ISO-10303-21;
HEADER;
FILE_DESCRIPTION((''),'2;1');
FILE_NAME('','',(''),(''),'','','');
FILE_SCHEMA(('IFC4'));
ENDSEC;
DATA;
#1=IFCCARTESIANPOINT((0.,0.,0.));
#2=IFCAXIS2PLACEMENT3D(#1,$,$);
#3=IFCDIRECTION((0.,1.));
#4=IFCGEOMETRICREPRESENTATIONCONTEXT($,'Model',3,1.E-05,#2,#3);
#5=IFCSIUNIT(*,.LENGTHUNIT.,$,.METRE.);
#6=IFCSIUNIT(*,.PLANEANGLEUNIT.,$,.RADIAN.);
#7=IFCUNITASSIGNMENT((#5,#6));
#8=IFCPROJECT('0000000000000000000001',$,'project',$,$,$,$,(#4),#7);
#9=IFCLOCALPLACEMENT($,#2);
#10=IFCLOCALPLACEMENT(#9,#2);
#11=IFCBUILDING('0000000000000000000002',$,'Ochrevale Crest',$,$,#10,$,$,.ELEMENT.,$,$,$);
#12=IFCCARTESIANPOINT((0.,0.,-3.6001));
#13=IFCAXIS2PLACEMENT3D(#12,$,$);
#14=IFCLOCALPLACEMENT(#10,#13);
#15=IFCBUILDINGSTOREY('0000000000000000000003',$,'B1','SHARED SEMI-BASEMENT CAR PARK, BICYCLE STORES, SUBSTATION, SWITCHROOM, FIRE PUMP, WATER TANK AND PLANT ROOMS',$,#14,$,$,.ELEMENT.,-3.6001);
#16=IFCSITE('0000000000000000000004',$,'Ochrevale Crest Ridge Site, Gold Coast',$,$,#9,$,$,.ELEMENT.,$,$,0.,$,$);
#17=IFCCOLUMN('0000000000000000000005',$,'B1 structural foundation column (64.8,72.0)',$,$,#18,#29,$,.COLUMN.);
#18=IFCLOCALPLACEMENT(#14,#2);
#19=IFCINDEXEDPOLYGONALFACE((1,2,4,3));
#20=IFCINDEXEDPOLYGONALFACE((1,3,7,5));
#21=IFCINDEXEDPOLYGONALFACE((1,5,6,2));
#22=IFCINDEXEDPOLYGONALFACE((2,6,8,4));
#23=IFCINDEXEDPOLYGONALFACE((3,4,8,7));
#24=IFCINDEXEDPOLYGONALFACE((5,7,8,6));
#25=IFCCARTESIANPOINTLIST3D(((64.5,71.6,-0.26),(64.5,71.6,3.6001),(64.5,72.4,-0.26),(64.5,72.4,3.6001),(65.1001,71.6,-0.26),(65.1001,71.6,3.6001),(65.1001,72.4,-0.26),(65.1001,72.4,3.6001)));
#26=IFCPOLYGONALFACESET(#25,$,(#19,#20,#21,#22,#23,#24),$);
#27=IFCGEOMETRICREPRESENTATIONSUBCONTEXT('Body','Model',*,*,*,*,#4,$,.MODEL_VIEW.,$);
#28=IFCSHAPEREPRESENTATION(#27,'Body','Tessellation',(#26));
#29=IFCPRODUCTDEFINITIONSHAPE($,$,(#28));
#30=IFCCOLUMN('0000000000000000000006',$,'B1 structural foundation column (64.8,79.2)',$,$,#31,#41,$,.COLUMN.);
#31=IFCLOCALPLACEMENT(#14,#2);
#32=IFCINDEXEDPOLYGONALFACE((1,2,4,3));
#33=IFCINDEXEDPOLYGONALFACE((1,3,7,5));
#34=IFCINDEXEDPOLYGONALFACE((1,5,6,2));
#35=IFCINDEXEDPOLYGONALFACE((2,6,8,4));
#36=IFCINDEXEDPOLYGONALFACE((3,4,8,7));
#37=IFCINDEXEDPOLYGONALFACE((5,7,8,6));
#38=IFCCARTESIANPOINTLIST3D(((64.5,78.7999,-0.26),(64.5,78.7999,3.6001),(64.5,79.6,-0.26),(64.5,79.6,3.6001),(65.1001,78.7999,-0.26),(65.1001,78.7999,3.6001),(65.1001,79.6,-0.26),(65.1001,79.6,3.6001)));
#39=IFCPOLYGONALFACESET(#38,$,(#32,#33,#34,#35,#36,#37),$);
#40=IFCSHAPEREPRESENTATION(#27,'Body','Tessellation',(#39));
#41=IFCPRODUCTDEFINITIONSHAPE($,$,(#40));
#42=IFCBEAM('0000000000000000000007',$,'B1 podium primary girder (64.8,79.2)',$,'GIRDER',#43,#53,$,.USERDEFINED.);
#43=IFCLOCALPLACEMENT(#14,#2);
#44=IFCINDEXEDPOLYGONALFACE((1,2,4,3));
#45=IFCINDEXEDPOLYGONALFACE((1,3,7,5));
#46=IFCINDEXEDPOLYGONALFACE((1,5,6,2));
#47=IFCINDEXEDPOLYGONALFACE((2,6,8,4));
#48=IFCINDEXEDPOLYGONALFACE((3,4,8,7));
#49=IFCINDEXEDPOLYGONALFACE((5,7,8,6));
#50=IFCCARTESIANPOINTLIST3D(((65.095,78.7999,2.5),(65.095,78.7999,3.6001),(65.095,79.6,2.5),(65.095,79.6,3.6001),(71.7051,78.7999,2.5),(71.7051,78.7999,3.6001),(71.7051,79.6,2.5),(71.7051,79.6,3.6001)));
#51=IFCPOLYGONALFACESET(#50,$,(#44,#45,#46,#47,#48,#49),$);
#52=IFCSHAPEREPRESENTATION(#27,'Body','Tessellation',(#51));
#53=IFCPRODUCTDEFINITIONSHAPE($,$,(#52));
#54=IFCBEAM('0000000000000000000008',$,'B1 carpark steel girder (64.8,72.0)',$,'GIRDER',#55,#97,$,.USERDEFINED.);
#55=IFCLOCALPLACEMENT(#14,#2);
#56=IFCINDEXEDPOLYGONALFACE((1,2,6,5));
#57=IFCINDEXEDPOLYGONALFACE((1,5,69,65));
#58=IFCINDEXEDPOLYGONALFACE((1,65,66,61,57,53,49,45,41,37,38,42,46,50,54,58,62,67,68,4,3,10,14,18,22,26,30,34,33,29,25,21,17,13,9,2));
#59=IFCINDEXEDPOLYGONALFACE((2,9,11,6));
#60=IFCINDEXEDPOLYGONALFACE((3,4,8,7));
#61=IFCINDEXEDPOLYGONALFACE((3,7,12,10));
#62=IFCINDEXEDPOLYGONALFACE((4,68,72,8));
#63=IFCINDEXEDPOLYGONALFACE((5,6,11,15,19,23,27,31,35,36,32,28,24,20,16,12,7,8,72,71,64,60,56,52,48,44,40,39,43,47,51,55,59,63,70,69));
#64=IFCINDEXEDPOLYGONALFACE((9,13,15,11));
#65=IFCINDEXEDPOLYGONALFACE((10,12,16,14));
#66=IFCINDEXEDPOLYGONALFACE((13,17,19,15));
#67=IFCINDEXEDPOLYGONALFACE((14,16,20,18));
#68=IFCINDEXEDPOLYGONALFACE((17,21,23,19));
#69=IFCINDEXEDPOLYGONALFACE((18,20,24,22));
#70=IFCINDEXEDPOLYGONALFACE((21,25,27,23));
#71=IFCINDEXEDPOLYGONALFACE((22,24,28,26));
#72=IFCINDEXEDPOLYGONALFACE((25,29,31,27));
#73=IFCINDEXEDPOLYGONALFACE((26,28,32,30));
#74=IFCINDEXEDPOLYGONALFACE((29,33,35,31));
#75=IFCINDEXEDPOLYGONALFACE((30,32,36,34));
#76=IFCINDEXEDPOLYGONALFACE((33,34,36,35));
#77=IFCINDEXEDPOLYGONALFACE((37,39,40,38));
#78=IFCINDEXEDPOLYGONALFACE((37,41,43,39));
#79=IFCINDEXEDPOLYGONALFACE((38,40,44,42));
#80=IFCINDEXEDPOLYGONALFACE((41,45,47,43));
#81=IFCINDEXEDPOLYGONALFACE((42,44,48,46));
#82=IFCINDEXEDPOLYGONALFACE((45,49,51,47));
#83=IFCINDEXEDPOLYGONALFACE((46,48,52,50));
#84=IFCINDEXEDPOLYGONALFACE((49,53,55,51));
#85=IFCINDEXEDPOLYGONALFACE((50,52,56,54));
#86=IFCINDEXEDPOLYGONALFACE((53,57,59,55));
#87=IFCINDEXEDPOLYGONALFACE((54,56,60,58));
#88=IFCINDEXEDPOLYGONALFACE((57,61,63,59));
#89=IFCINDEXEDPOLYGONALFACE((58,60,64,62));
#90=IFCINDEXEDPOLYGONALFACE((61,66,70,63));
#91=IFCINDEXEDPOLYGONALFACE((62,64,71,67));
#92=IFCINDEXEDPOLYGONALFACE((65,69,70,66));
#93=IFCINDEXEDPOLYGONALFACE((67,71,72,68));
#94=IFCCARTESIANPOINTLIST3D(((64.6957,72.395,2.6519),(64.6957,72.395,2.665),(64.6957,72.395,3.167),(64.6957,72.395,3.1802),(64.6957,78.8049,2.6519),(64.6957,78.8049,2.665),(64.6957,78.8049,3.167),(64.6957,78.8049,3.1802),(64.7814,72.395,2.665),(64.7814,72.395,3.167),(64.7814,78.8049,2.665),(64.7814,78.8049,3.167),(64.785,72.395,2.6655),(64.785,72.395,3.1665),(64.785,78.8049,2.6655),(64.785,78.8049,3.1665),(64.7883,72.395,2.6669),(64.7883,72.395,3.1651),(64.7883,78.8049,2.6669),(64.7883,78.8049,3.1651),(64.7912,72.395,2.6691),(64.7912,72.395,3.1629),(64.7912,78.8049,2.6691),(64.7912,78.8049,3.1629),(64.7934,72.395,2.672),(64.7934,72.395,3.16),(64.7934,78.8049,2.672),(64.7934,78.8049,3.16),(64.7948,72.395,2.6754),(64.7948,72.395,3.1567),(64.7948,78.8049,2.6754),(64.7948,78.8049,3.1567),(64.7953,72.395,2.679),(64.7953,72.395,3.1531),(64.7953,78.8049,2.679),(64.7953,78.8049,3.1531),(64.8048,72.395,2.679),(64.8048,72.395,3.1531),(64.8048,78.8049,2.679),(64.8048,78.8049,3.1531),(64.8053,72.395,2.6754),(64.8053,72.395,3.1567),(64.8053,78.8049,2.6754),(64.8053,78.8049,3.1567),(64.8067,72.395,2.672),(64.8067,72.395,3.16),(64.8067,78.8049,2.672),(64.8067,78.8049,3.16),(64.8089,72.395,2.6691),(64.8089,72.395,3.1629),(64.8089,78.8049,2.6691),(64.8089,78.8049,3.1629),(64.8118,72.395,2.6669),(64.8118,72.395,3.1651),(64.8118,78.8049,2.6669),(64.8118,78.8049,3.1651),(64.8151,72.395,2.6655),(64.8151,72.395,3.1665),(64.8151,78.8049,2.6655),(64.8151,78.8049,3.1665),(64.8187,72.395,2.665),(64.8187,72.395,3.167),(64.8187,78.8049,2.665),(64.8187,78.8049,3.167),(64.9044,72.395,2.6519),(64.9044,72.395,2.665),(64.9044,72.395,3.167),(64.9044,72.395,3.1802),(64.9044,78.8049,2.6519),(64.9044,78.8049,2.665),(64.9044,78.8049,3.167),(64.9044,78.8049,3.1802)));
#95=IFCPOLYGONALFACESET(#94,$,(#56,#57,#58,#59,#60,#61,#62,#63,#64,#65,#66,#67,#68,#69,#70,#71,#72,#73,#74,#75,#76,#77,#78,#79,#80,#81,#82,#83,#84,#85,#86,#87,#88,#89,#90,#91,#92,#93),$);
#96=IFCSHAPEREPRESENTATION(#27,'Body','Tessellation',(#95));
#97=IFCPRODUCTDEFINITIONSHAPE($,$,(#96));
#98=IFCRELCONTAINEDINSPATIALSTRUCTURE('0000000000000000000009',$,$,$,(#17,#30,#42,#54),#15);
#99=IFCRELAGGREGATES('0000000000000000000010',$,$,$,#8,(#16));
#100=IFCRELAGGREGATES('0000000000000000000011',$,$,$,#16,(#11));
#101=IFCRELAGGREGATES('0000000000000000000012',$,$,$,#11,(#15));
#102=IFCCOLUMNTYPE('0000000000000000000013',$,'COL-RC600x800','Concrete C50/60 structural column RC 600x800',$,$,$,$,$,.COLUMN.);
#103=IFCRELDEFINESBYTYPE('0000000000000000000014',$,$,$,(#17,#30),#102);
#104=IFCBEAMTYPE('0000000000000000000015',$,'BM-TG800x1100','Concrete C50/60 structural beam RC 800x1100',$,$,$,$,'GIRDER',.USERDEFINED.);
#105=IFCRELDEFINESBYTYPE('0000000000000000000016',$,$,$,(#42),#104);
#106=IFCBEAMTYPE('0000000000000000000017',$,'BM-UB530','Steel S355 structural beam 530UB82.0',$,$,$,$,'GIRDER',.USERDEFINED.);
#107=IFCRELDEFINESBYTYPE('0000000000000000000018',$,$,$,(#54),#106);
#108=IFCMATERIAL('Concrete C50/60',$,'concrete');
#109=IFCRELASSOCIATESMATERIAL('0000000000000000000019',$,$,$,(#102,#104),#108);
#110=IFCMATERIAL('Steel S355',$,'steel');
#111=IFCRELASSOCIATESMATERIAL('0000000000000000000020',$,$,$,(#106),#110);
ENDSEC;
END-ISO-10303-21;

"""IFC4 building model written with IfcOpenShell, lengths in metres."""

from ifc_helpers import new_model, si_unit, direction, frame, origin, origin_2d, place, context, subcontext, project, spatial, rectangle, i_section, extrude, material, material_profile, profile_set, type_object, element, save


model = new_model("IFC4")

# Units and contexts
model_context = context("Model", 3, precision=1e-05, world=origin(), true_north=direction((0.0, 1.0)))
body_context = subcontext(model_context, "Body", "Model", "MODEL_VIEW")
ifc_project = project(units=[si_unit("LENGTHUNIT", "METRE"), si_unit("PLANEANGLEUNIT", "RADIAN")], contexts=[model_context])

# Site, building, storey
site_placement = place(None, origin())
site = spatial("IfcSite", under=ifc_project, at=site_placement, Name="Ochrevale Crest Ridge Site, Gold Coast", CompositionType="ELEMENT", RefElevation=0.0)
building_placement = place(site_placement, origin())
building = spatial("IfcBuilding", under=site, at=building_placement, Name="Ochrevale Crest", CompositionType="ELEMENT")
storey_placement = place(building_placement, frame((0.0, 0.0, -3.6001)))
storey = spatial("IfcBuildingStorey", under=building, at=storey_placement, Name="B1", Description="SHARED SEMI-BASEMENT CAR PARK, BICYCLE STORES, SUBSTATION, SWITCHROOM, FIRE PUMP, WATER TANK AND PLANT ROOMS", CompositionType="ELEMENT", Elevation=-3.6001)

# Columns
ifc_material_1 = material(Name="Concrete C50/60", Category="concrete")
ifc_material_profile_1 = material_profile(ifc_material_1, rectangle(XDim=0.6001, YDim=0.8, at=origin_2d()), Name="RC 600x800")
ifc_profile_set_1 = profile_set([ifc_material_profile_1], Name="Concrete C50/60")
column_type_1 = type_object("IfcColumnType", Name="COL-RC600x800", Description="Concrete C50/60 structural column RC 600x800", PredefinedType="COLUMN", material=ifc_profile_set_1)
for number, where, z_axis, x_axis, name in (
    (1, (64.8, 72.0, -0.26), (0.0, 0.0, 1.0), (1.0, 0.0, 0.0), "B1 structural foundation column (64.8,72.0)"),
    (2, (64.8, 79.2, -0.26), (0.0, 0.0, 1.0), (1.0, 0.0, 0.0), "B1 structural foundation column (64.8,79.2)"),
):
    element("IfcColumn", number, at=place(storey_placement, frame(where, z_axis=z_axis, x_axis=x_axis)), inside=storey, type_object=column_type_1, Name=name, PredefinedType="COLUMN", context=body_context, shape_type="SweptSolid", body=[
        extrude(rectangle(XDim=0.6001, YDim=0.8, at=origin_2d()), origin(), (0.0, 0.0, 1.0), 3.8601),
    ])

# Beams
ifc_material_profile_2 = material_profile(ifc_material_1, rectangle(XDim=0.8, YDim=1.1001, at=origin_2d()), Name="RC 800x1100")
ifc_profile_set_2 = profile_set([ifc_material_profile_2], Name="Concrete C50/60")
beam_type_1 = type_object("IfcBeamType", Name="BM-TG800x1100", Description="Concrete C50/60 structural beam RC 800x1100", ElementType="GIRDER", PredefinedType="USERDEFINED", material=ifc_profile_set_2)
beam_1_placement = place(storey_placement, frame((65.095, 79.2, 3.05), z_axis=(1.0, 0.0, 0.0), x_axis=(0.0, 1.0, 0.0)))
element("IfcBeam", 3, at=beam_1_placement, inside=storey, type_object=beam_type_1, Name="B1 podium primary girder (64.8,79.2)", ObjectType="GIRDER", PredefinedType="USERDEFINED", context=body_context, shape_type="SweptSolid", body=[
    extrude(rectangle(XDim=0.8, YDim=1.1001, at=origin_2d()), origin(), (0.0, 0.0, 1.0), 6.6101),
])
ifc_material_2 = material(Name="Steel S355", Category="steel")
ifc_material_profile_3 = material_profile(ifc_material_2, i_section(OverallWidth=0.2087, OverallDepth=0.5283, WebThickness=0.0095, FlangeThickness=0.0132, FilletRadius=0.0139, at=origin_2d()), Name="530UB82.0")
ifc_profile_set_3 = profile_set([ifc_material_profile_3], Name="Steel S355")
beam_type_2 = type_object("IfcBeamType", Name="BM-UB530", Description="Steel S355 structural beam 530UB82.0", ElementType="GIRDER", PredefinedType="USERDEFINED", material=ifc_profile_set_3)
beam_2_placement = place(storey_placement, frame((64.8, 72.395, 2.916), z_axis=(0.0, 1.0, 0.0), x_axis=(-1.0, 0.0, 0.0)))
element("IfcBeam", 4, at=beam_2_placement, inside=storey, type_object=beam_type_2, Name="B1 carpark steel girder (64.8,72.0)", ObjectType="GIRDER", PredefinedType="USERDEFINED", context=body_context, shape_type="SweptSolid", body=[
    extrude(i_section(OverallWidth=0.2087, OverallDepth=0.5283, WebThickness=0.0095, FlangeThickness=0.0132, FilletRadius=0.0139, at=origin_2d()), origin(), (0.0, 0.0, 1.0), 6.4099),
])

save(model, "model.ifc")
